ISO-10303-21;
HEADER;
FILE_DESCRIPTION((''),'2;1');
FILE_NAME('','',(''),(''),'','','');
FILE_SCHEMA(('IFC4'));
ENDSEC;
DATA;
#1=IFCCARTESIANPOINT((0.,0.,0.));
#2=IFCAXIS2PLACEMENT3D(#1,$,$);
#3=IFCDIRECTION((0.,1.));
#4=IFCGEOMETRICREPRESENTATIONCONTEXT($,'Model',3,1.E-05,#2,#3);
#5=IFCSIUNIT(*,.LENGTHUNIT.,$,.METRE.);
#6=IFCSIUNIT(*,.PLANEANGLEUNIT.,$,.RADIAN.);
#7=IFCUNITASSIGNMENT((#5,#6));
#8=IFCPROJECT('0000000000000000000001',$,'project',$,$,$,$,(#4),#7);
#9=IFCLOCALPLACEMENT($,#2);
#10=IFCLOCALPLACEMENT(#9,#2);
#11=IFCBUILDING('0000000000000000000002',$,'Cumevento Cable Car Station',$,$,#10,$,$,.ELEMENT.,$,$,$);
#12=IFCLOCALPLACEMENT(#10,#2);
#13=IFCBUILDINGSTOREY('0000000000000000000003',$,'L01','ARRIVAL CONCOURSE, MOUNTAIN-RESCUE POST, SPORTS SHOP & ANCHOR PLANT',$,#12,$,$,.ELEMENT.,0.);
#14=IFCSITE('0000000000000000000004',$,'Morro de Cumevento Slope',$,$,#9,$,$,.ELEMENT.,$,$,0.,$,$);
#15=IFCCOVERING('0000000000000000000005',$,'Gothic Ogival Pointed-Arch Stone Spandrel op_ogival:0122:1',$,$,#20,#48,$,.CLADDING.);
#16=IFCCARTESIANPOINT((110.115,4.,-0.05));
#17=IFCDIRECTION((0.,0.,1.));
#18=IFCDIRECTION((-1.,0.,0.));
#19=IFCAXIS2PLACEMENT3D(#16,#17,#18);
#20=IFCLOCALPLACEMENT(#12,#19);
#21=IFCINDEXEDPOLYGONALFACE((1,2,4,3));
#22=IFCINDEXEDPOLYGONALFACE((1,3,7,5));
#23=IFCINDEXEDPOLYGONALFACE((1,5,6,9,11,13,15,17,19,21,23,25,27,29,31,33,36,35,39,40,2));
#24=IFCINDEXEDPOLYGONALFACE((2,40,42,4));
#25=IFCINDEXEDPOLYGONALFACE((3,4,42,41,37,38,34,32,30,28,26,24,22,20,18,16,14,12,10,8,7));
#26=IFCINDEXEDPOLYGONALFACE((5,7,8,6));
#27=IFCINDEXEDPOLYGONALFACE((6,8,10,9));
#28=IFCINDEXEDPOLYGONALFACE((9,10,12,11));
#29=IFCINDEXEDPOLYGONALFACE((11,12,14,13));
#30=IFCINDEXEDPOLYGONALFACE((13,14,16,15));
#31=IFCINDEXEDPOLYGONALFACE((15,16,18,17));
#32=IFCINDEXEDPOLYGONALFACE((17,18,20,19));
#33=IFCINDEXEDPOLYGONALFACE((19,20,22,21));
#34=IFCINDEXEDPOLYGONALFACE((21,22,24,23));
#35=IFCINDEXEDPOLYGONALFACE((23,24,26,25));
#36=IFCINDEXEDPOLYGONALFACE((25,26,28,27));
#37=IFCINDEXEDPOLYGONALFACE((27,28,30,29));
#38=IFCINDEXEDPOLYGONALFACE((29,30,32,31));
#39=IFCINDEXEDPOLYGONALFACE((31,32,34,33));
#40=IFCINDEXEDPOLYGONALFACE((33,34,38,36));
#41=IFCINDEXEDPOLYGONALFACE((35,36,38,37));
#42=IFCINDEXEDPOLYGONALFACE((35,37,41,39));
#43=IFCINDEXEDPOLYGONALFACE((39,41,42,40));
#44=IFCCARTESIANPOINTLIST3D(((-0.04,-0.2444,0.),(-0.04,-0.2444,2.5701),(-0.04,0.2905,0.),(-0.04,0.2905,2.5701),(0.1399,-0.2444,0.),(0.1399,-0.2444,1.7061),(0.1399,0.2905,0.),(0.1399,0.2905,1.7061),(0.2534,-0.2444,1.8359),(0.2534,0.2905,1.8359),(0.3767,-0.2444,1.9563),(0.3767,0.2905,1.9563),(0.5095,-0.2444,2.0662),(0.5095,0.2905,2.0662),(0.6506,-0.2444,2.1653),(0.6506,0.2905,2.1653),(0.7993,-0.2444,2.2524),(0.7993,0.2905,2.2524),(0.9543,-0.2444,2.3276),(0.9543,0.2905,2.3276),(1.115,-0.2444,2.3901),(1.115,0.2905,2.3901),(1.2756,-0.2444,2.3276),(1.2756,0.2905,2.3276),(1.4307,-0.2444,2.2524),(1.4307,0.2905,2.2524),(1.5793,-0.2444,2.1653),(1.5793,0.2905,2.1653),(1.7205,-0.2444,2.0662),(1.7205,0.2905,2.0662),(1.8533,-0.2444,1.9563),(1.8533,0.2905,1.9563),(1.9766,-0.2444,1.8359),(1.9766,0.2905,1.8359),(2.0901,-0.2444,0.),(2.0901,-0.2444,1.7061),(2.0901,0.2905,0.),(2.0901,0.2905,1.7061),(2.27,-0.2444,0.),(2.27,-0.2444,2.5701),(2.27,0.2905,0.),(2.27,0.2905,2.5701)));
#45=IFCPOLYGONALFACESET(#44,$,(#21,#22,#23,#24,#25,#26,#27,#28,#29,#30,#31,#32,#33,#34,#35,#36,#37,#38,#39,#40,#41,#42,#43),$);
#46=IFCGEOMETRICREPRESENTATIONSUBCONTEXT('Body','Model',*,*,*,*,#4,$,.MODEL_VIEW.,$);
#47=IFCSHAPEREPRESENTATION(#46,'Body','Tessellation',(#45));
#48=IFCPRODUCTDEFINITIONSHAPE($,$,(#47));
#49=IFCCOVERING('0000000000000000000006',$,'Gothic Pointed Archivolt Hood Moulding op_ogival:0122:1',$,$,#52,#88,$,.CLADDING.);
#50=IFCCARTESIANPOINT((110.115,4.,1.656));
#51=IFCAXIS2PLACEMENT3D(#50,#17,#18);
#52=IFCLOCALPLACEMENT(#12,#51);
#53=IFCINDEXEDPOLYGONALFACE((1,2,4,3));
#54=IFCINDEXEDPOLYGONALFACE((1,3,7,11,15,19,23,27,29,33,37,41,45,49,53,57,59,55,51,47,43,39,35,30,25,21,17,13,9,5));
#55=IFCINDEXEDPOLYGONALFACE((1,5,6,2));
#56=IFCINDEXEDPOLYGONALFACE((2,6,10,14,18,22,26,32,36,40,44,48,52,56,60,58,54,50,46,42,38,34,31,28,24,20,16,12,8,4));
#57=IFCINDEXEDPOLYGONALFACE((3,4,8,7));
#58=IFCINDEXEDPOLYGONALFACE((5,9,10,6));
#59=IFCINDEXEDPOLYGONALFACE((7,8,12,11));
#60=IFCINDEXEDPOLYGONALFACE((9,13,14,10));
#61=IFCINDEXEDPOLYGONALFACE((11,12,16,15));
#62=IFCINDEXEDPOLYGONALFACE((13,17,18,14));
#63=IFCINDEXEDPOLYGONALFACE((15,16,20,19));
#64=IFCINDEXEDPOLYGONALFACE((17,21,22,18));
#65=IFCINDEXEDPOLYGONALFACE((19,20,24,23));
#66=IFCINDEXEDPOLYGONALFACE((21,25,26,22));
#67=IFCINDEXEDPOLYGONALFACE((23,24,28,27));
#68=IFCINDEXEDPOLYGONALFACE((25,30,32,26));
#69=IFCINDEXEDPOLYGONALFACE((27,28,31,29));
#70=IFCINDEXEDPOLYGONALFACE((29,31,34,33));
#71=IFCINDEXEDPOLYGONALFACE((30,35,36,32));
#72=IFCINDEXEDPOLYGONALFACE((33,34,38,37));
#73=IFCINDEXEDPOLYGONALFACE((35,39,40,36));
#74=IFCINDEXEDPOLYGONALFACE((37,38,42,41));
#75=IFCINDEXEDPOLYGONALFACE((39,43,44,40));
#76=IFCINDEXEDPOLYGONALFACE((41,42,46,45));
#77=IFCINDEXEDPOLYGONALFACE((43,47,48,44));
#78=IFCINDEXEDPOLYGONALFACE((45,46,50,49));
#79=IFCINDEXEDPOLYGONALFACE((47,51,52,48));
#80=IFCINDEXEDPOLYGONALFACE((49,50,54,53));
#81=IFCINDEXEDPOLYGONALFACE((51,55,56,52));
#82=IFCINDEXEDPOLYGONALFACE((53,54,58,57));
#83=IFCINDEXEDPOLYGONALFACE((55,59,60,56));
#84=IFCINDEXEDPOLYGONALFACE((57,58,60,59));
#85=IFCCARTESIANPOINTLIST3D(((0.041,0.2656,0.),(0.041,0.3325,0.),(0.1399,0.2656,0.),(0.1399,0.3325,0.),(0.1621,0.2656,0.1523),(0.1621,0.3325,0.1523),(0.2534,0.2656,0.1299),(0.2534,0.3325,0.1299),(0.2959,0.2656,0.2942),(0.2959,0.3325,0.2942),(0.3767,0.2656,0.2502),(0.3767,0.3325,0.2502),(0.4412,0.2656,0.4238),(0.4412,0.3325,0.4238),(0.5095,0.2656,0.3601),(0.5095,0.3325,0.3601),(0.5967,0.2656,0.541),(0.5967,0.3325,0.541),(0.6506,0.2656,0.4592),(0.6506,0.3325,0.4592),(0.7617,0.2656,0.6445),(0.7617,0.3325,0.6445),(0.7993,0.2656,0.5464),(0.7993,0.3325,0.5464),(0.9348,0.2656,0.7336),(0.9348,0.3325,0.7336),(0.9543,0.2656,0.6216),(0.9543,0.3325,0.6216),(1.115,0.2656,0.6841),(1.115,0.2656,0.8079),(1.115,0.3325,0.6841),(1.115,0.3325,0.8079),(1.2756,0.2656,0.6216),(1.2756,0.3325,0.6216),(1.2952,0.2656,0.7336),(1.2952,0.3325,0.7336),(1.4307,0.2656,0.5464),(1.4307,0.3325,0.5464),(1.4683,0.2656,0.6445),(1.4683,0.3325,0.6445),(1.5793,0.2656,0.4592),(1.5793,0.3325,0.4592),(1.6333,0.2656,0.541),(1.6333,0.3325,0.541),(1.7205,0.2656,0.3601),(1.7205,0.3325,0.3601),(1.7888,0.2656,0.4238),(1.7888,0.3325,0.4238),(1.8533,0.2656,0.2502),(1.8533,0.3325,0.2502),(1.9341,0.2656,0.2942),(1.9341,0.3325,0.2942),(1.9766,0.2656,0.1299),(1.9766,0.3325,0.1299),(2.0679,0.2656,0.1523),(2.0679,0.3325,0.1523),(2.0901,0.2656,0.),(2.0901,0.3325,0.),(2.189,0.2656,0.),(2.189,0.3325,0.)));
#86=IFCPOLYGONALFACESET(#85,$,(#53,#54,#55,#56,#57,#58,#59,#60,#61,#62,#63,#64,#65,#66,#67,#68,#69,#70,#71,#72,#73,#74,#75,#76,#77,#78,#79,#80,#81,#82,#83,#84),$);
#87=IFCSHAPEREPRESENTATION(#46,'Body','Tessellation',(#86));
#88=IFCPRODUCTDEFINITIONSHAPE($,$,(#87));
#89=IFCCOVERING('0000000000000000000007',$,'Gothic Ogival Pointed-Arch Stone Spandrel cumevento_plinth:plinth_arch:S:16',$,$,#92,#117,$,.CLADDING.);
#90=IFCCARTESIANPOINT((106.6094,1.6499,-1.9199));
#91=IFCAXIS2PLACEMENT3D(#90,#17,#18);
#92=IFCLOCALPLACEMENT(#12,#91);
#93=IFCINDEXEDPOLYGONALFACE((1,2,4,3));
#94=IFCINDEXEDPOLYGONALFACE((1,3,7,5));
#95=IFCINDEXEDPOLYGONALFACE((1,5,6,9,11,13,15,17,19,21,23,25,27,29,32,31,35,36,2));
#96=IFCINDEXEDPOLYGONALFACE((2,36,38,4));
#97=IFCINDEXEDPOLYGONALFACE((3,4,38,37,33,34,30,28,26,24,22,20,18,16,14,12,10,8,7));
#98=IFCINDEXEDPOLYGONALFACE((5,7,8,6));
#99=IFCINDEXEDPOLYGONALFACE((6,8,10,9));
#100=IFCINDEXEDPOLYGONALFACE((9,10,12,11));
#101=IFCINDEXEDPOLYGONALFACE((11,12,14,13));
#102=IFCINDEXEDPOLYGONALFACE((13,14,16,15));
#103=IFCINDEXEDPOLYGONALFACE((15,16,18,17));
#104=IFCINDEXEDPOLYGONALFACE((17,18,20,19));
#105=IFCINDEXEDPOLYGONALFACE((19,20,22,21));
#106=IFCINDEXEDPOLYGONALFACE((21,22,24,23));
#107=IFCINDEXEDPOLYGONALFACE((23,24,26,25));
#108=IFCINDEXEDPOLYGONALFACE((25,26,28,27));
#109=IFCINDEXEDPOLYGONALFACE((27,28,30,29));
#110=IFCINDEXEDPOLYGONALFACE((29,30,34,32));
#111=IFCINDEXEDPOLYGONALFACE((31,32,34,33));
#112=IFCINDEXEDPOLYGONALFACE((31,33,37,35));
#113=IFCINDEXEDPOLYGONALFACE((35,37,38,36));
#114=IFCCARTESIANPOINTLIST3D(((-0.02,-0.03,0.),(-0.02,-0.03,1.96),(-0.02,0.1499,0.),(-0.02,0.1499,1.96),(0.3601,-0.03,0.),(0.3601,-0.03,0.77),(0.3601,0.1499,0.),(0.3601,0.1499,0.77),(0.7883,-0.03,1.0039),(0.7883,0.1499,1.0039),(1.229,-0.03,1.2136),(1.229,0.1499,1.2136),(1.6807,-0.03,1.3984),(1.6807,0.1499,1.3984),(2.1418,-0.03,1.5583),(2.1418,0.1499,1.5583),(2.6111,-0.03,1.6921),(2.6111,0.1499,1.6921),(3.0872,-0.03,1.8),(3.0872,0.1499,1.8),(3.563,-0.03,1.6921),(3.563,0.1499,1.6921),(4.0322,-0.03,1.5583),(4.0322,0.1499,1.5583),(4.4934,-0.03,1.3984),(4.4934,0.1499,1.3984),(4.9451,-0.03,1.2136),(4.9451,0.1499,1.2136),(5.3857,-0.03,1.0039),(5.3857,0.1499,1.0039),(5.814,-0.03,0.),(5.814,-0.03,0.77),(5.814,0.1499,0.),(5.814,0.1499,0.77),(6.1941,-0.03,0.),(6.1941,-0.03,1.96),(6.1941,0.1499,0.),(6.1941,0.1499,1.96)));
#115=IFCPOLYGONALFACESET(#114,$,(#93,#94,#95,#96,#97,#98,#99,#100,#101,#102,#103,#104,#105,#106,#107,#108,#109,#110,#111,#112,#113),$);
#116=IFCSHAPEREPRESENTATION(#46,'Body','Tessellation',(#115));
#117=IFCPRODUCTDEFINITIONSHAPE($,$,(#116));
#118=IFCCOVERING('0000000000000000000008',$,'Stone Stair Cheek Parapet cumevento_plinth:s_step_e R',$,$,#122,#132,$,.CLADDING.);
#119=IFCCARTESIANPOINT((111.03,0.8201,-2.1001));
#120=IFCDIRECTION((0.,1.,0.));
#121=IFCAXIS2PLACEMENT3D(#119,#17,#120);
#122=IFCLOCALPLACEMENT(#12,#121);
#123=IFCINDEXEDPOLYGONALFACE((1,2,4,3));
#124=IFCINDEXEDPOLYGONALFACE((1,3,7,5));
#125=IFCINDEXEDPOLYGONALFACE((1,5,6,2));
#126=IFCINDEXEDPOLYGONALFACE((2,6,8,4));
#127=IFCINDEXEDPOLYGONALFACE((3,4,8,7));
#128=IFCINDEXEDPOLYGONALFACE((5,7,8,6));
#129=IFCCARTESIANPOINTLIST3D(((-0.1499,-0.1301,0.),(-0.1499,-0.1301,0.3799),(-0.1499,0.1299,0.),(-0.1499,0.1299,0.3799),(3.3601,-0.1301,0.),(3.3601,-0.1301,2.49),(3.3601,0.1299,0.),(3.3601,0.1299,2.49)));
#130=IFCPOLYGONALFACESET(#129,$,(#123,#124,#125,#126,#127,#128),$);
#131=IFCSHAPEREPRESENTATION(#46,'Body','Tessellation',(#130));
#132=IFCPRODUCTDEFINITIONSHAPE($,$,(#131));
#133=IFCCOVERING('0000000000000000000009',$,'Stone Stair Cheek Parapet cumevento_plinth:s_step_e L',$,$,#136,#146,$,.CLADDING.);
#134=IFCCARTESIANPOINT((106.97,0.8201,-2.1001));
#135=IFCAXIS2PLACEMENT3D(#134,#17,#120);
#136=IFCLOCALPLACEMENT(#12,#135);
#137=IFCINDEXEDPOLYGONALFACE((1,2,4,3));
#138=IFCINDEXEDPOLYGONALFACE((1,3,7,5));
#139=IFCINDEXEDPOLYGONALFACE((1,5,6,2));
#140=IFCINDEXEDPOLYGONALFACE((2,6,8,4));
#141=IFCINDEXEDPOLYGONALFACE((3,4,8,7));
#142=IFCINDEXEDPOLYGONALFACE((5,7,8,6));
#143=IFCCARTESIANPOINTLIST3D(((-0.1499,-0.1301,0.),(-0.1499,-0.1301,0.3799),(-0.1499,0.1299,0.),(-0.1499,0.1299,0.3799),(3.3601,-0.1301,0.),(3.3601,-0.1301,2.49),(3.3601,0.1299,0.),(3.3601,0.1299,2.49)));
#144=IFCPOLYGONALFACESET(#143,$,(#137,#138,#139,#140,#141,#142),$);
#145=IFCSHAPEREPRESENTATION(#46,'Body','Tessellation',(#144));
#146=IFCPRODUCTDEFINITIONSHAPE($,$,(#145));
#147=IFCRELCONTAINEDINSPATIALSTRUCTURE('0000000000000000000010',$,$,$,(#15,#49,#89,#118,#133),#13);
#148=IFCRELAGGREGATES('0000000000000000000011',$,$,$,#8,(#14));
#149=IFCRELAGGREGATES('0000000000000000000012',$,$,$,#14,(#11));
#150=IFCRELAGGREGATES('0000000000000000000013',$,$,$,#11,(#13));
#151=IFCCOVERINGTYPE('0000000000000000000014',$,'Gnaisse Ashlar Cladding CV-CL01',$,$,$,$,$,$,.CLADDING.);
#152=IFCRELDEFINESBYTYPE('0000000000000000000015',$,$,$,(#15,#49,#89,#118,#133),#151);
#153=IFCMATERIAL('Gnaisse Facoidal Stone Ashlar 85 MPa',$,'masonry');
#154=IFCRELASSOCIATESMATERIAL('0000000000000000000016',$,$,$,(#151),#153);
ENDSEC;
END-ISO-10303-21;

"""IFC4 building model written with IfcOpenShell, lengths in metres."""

from ifc_helpers import new_model, si_unit, direction, frame, origin, place, context, subcontext, project, spatial, polyline, outline, extrude, material, type_object, element, save


model = new_model("IFC4")

# Units and contexts
model_context = context("Model", 3, precision=1e-05, world=origin(), true_north=direction((0.0, 1.0)))
body_context = subcontext(model_context, "Body", "Model", "MODEL_VIEW")
ifc_project = project(units=[si_unit("LENGTHUNIT", "METRE"), si_unit("PLANEANGLEUNIT", "RADIAN")], contexts=[model_context])

# Site, building, storey
site_placement = place(None, origin())
site = spatial("IfcSite", under=ifc_project, at=site_placement, Name="Morro de Cumevento Slope", CompositionType="ELEMENT", RefElevation=0.0)
building_placement = place(site_placement, origin())
building = spatial("IfcBuilding", under=site, at=building_placement, Name="Cumevento Cable Car Station", CompositionType="ELEMENT")
storey_placement = place(building_placement, origin())
storey = spatial("IfcBuildingStorey", under=building, at=storey_placement, Name="L01", Description="ARRIVAL CONCOURSE, MOUNTAIN-RESCUE POST, SPORTS SHOP & ANCHOR PLANT", CompositionType="ELEMENT", Elevation=0.0)

# Coverings
ifc_material_1 = material(Name="Gnaisse Facoidal Stone Ashlar 85 MPa", Category="masonry")
covering_type = type_object("IfcCoveringType", Name="Gnaisse Ashlar Cladding CV-CL01", PredefinedType="CLADDING", material=ifc_material_1)
covering_1_placement = place(storey_placement, frame((110.115, 4.0, -0.05), z_axis=(0.0, 0.0, 1.0), x_axis=(-1.0, 0.0, 0.0)))
element("IfcCovering", 1, at=covering_1_placement, inside=storey, type_object=covering_type, Name="Gothic Ogival Pointed-Arch Stone Spandrel op_ogival:0122:1", PredefinedType="CLADDING", context=body_context, shape_type="SweptSolid", body=[
    extrude(outline(polyline([(-0.04, 0.0), (-0.04, 2.5701), (2.27, 2.5701), (2.27, 0.0), (2.0901, 0.0), (2.0901, 1.7061), (1.9766, 1.8359), (1.8533, 1.9563), (1.7205, 2.0662), (1.5793, 2.1653), (1.4307, 2.2524), (1.2756, 2.3276), (1.115, 2.3901), (0.9543, 2.3276), (0.7993, 2.2524), (0.6506, 2.1653), (0.5095, 2.0662), (0.3767, 1.9563), (0.2534, 1.8359), (0.1399, 1.7061), (0.1399, 0.0), (-0.04, 0.0)])), frame((0.0, 0.2905, 0.0), z_axis=(0.0, -1.0, 0.0), x_axis=(1.0, 0.0, 0.0)), (0.0, 0.0, 1.0), 0.5349),
])
covering_2_placement = place(storey_placement, frame((110.115, 4.0, 1.656), z_axis=(0.0, 0.0, 1.0), x_axis=(-1.0, 0.0, 0.0)))
element("IfcCovering", 2, at=covering_2_placement, inside=storey, type_object=covering_type, Name="Gothic Pointed Archivolt Hood Moulding op_ogival:0122:1", PredefinedType="CLADDING", context=body_context, shape_type="SweptSolid", body=[
    extrude(outline(polyline([(0.1399, 0.0), (0.2534, 0.1299), (0.3767, 0.2502), (0.5095, 0.3601), (0.6506, 0.4592), (0.7993, 0.5464), (0.9543, 0.6216), (1.115, 0.6841), (1.2756, 0.6216), (1.4307, 0.5464), (1.5793, 0.4592), (1.7205, 0.3601), (1.8533, 0.2502), (1.9766, 0.1299), (2.0901, 0.0), (2.189, 0.0), (2.0679, 0.1523), (1.9341, 0.2942), (1.7888, 0.4238), (1.6333, 0.541), (1.4683, 0.6445), (1.2952, 0.7336), (1.115, 0.8079), (0.9348, 0.7336), (0.7617, 0.6445), (0.5967, 0.541), (0.4412, 0.4238), (0.2959, 0.2942), (0.1621, 0.1523), (0.041, 0.0), (0.1399, 0.0)])), frame((0.0, 0.3325, 0.0), z_axis=(0.0, -1.0, 0.0), x_axis=(1.0, 0.0, 0.0)), (0.0, 0.0, 1.0), 0.0669),
])
covering_3_placement = place(storey_placement, frame((106.6094, 1.6499, -1.9199), z_axis=(0.0, 0.0, 1.0), x_axis=(-1.0, 0.0, 0.0)))
element("IfcCovering", 3, at=covering_3_placement, inside=storey, type_object=covering_type, Name="Gothic Ogival Pointed-Arch Stone Spandrel cumevento_plinth:plinth_arch:S:16", PredefinedType="CLADDING", context=body_context, shape_type="SweptSolid", body=[
    extrude(outline(polyline([(-0.02, 0.0), (-0.02, 1.96), (6.1941, 1.96), (6.1941, 0.0), (5.814, 0.0), (5.814, 0.77), (5.3857, 1.0039), (4.9451, 1.2136), (4.4934, 1.3984), (4.0322, 1.5583), (3.563, 1.6921), (3.0872, 1.8), (2.6111, 1.6921), (2.1418, 1.5583), (1.6807, 1.3984), (1.229, 1.2136), (0.7883, 1.0039), (0.3601, 0.77), (0.3601, 0.0), (-0.02, 0.0)])), frame((0.0, 0.1499, 0.0), z_axis=(0.0, -1.0, 0.0), x_axis=(1.0, 0.0, 0.0)), (0.0, 0.0, 1.0), 0.1799),
])
for number, where, z_axis, x_axis, name in (
    (4, (111.03, 0.8201, -2.1001), (0.0, 0.0, 1.0), (0.0, 1.0, 0.0), "Stone Stair Cheek Parapet cumevento_plinth:s_step_e R"),
    (5, (106.97, 0.8201, -2.1001), (0.0, 0.0, 1.0), (0.0, 1.0, 0.0), "Stone Stair Cheek Parapet cumevento_plinth:s_step_e L"),
):
    element("IfcCovering", number, at=place(storey_placement, frame(where, z_axis=z_axis, x_axis=x_axis)), inside=storey, type_object=covering_type, Name=name, PredefinedType="CLADDING", context=body_context, shape_type="SweptSolid", body=[
        extrude(outline(polyline([(-0.1499, 0.0), (3.3601, 0.0), (3.3601, 2.49), (-0.1499, 0.3799), (-0.1499, 0.0)])), frame((0.0, 0.1299, 0.0), z_axis=(0.0, -1.0, 0.0), x_axis=(1.0, 0.0, 0.0)), (0.0, 0.0, 1.0), 0.26),
    ])

save(model, "model.ifc")
